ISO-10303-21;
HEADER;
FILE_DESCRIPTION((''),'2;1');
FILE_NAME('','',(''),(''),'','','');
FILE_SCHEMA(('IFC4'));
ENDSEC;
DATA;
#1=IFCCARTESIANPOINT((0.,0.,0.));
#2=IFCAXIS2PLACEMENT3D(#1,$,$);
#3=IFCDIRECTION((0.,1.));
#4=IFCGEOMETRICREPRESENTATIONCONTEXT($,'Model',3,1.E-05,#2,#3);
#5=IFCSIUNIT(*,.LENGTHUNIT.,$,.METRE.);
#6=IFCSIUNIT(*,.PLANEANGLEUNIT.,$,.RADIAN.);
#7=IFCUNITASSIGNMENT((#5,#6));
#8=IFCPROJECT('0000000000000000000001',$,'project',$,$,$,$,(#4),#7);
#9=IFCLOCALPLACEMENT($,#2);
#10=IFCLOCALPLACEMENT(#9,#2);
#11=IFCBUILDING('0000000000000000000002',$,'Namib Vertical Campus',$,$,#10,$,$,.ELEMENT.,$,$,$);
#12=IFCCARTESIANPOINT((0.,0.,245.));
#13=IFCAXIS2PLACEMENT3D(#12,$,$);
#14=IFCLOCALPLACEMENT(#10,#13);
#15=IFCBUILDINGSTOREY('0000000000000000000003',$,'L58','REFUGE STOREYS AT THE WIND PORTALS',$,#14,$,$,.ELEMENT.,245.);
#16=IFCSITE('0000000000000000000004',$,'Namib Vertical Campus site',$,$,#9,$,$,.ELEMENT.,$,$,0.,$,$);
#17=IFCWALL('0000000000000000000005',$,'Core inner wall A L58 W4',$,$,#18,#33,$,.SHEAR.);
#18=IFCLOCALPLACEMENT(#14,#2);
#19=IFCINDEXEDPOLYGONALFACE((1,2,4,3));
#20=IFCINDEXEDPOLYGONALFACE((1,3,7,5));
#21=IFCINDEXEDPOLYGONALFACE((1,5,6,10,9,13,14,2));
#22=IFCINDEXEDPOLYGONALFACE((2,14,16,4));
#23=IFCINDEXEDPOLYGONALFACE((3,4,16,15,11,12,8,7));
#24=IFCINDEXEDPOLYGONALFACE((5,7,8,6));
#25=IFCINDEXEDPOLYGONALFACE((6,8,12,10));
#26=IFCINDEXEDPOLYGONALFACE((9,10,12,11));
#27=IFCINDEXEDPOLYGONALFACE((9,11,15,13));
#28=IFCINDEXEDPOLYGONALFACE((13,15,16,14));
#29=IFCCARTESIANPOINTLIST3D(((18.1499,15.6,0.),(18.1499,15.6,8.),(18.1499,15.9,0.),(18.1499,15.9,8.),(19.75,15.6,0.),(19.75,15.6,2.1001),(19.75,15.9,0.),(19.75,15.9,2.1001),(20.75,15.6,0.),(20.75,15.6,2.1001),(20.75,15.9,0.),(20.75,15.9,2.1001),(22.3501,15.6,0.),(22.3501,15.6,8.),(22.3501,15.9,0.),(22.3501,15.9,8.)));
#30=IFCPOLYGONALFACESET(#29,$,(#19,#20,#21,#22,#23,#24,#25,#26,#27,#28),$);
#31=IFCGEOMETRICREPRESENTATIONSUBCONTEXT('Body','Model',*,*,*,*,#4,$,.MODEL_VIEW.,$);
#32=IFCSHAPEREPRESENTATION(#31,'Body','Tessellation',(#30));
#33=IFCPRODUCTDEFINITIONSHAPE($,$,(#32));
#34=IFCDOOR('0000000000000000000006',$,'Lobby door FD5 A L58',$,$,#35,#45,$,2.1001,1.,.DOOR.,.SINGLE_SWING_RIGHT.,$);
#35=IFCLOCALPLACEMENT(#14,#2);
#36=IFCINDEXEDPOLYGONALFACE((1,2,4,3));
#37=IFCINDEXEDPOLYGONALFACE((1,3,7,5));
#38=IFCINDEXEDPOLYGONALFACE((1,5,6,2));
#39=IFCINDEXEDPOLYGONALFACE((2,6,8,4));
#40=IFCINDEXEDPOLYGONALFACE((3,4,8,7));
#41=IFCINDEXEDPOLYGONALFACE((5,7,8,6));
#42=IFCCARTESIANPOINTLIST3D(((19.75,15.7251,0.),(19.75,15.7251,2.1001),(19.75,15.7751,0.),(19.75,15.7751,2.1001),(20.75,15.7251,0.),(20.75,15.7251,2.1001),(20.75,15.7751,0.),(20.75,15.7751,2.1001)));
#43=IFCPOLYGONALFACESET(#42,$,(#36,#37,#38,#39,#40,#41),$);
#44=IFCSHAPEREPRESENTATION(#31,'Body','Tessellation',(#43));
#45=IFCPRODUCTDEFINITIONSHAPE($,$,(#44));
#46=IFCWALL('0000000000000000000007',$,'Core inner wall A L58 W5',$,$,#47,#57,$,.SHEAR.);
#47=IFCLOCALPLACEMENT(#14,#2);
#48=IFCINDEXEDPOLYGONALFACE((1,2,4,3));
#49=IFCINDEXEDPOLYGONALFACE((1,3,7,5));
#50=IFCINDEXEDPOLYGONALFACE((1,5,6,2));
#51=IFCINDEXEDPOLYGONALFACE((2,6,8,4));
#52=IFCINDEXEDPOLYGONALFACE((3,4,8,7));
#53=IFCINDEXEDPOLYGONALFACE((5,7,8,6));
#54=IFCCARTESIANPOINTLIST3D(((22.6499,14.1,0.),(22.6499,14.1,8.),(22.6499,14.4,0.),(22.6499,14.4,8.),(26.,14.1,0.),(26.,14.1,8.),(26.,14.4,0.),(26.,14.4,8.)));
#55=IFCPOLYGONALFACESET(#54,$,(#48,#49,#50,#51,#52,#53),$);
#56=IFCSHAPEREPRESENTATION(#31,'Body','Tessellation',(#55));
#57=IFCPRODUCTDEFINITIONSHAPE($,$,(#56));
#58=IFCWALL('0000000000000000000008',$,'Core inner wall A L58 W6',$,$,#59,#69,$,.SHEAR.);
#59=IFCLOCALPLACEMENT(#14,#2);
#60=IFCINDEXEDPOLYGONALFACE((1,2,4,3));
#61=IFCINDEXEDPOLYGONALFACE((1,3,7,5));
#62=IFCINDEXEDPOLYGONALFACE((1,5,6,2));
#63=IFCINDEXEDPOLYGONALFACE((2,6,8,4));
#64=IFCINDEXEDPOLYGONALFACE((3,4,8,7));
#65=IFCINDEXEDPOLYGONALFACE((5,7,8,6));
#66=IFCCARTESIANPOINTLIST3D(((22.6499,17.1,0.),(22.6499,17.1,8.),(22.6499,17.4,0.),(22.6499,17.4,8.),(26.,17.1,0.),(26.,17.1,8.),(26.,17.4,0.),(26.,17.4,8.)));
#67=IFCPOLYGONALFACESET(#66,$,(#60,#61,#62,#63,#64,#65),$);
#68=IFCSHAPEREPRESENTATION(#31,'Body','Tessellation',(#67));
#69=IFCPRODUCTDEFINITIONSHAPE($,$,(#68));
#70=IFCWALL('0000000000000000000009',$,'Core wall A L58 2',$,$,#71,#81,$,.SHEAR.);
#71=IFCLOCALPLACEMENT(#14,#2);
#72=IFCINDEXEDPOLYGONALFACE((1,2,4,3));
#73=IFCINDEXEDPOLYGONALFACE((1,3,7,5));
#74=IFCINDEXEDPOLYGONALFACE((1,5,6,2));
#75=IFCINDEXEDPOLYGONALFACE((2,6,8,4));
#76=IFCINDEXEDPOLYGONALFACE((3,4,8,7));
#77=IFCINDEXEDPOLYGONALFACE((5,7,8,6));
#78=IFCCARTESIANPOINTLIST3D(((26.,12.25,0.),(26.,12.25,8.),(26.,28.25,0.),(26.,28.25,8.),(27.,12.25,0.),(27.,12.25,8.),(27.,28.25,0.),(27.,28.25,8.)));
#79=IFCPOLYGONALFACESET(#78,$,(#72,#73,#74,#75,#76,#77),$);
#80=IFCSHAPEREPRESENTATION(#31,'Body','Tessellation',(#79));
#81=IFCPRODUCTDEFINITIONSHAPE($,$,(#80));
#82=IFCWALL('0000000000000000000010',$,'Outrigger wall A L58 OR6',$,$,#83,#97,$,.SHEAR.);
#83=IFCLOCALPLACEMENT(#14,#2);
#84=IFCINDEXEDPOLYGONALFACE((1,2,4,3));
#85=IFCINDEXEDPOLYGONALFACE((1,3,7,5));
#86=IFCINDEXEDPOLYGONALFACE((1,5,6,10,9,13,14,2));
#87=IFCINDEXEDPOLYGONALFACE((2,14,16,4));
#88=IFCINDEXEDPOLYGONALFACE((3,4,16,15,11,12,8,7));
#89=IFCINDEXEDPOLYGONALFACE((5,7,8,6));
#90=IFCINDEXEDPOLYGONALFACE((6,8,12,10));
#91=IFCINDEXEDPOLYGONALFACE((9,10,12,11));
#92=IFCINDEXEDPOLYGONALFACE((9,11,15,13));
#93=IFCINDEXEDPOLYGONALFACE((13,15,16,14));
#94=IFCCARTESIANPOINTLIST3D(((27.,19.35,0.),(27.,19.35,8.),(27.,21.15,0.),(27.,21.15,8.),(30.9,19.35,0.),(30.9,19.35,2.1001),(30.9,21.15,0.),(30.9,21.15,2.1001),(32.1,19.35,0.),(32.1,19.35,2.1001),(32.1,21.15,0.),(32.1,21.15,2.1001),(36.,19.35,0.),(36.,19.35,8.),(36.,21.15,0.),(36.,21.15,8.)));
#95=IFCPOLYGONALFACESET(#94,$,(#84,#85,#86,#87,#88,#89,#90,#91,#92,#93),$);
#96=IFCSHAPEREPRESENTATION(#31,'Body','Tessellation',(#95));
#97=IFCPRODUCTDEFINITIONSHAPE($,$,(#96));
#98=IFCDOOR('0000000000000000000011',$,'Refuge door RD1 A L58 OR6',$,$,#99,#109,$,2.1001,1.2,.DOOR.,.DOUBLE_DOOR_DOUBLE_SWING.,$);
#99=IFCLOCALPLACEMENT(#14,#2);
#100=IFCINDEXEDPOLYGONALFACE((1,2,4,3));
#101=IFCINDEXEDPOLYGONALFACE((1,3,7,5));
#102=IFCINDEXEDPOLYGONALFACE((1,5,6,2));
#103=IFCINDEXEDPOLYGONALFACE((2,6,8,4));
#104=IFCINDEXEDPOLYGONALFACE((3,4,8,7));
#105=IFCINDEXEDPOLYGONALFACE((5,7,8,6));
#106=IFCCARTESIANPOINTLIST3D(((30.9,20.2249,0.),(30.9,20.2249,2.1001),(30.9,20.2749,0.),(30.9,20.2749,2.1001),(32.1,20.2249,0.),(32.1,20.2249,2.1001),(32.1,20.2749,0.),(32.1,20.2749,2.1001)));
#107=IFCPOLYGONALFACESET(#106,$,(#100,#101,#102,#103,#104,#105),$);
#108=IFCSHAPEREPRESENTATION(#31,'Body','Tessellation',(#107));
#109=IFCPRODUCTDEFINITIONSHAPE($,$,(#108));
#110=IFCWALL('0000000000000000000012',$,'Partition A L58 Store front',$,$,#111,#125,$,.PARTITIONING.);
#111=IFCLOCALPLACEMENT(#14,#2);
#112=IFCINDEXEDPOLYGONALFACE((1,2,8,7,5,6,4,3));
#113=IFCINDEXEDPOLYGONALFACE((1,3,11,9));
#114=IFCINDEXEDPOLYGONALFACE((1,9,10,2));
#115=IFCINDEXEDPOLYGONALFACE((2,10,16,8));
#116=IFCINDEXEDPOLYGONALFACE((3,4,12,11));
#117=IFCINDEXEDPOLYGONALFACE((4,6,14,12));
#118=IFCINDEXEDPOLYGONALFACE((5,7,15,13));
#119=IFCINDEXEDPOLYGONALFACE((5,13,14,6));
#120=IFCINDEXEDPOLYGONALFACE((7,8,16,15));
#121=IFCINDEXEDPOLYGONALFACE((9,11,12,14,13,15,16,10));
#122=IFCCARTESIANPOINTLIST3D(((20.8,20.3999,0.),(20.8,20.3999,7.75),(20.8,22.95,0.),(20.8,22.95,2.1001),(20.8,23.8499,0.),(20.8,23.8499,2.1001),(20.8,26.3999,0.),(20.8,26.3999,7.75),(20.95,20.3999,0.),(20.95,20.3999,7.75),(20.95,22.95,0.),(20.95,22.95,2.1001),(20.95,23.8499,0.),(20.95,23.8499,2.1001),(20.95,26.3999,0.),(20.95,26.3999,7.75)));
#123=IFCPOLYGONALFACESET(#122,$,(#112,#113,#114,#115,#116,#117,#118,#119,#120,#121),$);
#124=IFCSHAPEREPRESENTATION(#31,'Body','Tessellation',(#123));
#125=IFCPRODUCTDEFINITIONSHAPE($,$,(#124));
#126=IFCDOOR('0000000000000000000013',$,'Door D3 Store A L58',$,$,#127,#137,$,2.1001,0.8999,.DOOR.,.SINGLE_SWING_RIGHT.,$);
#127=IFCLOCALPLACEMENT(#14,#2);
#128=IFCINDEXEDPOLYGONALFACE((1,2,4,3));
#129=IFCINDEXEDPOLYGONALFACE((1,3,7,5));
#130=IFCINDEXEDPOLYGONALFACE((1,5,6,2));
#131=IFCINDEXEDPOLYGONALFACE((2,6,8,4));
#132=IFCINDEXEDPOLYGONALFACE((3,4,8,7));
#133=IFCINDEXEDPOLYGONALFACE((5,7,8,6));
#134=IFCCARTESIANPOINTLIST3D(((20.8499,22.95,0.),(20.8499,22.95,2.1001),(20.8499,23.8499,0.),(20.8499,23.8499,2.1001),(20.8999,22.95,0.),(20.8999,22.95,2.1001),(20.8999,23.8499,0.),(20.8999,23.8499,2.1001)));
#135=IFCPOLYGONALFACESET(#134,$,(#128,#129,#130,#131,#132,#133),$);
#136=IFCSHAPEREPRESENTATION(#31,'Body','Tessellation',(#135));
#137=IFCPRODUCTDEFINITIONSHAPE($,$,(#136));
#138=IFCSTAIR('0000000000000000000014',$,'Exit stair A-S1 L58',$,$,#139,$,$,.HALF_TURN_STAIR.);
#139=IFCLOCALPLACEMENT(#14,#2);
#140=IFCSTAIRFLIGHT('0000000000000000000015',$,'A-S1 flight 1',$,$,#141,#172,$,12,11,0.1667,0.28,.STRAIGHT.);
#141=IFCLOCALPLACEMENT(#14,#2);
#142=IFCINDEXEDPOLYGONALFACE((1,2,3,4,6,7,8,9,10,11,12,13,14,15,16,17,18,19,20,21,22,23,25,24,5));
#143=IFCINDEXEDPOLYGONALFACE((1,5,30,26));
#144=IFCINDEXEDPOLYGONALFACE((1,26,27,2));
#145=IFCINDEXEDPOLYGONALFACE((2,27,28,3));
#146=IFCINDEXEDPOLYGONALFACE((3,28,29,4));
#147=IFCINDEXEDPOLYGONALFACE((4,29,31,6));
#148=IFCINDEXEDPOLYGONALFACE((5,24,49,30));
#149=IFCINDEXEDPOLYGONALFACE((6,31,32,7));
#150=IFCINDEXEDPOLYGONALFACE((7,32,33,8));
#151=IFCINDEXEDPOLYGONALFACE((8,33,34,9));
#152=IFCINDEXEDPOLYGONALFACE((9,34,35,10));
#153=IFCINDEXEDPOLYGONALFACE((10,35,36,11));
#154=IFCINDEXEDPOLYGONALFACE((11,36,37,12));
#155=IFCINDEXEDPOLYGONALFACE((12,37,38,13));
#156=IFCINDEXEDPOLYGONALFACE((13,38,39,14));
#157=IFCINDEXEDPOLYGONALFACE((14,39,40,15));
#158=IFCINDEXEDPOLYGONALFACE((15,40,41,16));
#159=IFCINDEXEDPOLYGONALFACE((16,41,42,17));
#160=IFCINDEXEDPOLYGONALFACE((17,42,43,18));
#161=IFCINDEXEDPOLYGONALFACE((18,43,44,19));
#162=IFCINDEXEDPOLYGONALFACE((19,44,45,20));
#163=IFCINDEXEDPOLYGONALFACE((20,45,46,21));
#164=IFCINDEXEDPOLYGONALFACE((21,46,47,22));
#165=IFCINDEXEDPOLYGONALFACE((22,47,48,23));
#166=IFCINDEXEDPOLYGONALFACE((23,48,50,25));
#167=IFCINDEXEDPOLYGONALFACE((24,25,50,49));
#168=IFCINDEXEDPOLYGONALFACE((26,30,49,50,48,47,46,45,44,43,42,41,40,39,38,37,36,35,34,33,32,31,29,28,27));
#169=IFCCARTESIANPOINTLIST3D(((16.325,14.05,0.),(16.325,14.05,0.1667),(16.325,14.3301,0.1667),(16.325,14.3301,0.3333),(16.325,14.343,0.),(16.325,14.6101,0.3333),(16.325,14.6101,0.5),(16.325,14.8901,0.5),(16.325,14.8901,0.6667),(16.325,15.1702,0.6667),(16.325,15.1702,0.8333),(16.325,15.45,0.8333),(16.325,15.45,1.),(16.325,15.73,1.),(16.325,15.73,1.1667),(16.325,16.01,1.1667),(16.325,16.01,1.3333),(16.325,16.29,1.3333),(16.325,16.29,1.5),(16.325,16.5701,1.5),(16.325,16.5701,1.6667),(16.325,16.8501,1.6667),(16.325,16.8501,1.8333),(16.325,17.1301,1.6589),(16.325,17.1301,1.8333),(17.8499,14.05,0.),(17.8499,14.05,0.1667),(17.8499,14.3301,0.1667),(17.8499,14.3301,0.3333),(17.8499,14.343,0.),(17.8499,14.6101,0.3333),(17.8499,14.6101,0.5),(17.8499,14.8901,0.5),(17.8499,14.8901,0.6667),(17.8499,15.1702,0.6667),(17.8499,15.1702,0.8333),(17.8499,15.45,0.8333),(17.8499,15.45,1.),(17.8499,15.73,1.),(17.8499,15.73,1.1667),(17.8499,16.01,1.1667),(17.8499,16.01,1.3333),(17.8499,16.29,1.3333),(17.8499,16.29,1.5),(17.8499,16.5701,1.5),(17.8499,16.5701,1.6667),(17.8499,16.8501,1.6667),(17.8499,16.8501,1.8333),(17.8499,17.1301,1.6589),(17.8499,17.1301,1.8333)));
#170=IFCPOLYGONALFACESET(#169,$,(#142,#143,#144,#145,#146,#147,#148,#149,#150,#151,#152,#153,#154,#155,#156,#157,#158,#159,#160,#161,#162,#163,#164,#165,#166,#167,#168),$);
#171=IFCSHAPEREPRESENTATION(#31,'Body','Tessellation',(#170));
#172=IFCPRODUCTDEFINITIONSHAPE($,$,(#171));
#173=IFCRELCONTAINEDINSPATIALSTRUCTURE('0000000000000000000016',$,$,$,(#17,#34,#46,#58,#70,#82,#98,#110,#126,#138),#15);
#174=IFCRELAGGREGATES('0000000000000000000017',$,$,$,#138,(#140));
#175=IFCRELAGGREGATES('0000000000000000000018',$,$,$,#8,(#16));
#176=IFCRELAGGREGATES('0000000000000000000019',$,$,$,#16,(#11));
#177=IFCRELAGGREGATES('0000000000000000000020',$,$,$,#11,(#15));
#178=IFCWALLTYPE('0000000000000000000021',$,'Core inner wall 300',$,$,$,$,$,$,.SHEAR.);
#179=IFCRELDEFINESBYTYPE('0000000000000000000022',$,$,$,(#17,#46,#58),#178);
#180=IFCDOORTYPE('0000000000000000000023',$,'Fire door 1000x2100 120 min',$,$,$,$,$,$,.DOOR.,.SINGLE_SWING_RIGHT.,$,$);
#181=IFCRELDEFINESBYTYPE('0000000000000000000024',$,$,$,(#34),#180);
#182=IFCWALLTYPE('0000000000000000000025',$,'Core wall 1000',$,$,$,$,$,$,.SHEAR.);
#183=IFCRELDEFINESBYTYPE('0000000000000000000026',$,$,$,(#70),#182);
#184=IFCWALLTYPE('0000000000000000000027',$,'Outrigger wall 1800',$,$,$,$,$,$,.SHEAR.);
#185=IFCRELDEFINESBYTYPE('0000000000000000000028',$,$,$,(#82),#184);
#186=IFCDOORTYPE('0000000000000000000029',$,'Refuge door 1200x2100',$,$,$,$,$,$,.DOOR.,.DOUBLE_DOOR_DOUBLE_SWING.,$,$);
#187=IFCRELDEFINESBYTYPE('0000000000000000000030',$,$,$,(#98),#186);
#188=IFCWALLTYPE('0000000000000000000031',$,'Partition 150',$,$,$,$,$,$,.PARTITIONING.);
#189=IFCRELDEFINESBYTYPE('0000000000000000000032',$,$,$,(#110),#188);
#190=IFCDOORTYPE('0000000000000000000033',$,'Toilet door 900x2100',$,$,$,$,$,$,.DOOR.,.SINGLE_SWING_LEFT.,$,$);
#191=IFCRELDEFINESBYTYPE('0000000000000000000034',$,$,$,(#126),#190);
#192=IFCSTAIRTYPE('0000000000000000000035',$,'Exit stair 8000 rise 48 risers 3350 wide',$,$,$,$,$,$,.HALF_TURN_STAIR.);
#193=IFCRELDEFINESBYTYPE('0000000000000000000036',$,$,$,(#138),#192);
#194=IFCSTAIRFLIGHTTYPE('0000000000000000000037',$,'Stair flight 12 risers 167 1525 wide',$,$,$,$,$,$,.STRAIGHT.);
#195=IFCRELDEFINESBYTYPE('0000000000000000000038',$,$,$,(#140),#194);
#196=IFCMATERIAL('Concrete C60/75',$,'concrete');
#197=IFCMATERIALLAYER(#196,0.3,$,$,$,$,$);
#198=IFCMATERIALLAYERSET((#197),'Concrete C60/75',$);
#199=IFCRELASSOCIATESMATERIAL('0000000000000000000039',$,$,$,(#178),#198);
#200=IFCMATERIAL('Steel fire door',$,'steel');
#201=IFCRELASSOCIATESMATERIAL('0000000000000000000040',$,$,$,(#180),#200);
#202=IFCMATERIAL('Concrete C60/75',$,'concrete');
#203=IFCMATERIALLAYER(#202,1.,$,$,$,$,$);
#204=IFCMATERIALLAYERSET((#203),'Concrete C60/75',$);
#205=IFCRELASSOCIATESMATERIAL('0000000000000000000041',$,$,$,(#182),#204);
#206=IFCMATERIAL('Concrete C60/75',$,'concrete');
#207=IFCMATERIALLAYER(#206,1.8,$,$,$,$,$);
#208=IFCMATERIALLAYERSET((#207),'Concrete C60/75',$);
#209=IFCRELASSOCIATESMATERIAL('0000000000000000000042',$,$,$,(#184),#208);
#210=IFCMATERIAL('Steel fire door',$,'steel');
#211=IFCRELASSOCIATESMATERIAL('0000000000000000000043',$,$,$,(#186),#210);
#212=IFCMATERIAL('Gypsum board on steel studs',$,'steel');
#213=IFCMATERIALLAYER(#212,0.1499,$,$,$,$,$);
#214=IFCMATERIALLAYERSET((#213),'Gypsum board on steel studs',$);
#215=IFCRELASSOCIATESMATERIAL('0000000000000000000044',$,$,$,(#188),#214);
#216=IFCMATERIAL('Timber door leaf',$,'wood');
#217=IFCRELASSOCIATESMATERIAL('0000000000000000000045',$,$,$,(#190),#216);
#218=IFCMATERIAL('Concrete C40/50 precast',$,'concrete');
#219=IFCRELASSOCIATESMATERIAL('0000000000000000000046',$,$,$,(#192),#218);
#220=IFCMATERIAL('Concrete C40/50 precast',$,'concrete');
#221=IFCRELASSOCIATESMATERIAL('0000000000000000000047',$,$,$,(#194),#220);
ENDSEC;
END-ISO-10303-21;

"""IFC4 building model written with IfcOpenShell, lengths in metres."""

from ifc_helpers import new_model, si_unit, direction, frame, frame_2d, origin, place, context, subcontext, project, spatial, polyline, rectangle, outline, extrude, material, layer, layer_set, type_object, element, fill, aggregate, save


model = new_model("IFC4")

# Units and contexts
model_context = context("Model", 3, precision=1e-05, world=origin(), true_north=direction((0.0, 1.0)))
body_context = subcontext(model_context, "Body", "Model", "MODEL_VIEW")
ifc_project = project(units=[si_unit("LENGTHUNIT", "METRE"), si_unit("PLANEANGLEUNIT", "RADIAN")], contexts=[model_context])

# Site, building, storey
site_placement = place(None, origin())
site = spatial("IfcSite", under=ifc_project, at=site_placement, Name="Namib Vertical Campus site", CompositionType="ELEMENT", RefElevation=0.0)
building_placement = place(site_placement, origin())
building = spatial("IfcBuilding", under=site, at=building_placement, Name="Namib Vertical Campus", CompositionType="ELEMENT")
storey_placement = place(building_placement, frame((0.0, 0.0, 245.0)))
storey = spatial("IfcBuildingStorey", under=building, at=storey_placement, Name="L58", Description="REFUGE STOREYS AT THE WIND PORTALS", CompositionType="ELEMENT", Elevation=245.0)

# Wall, opening, door
ifc_material_1 = material(Name="Concrete C60/75", Category="concrete")
ifc_layer_1 = layer(ifc_material_1, 0.3)
ifc_layer_set_1 = layer_set([ifc_layer_1], Name="Concrete C60/75")
wall_type_1 = type_object("IfcWallType", Name="Core inner wall 300", PredefinedType="SHEAR", material=ifc_layer_set_1)
wall_1_placement = place(storey_placement, frame((18.1499, 15.75, 0.0), z_axis=(0.0, 0.0, 1.0), x_axis=(1.0, 0.0, 0.0)))
wall_1 = element("IfcWall", 1, at=wall_1_placement, inside=storey, type_object=wall_type_1, Name="Core inner wall A L58 W4", PredefinedType="SHEAR", context=body_context, shape_type="SweptSolid", body=[
    extrude(rectangle(XDim=4.2002, YDim=0.3, at=frame_2d((2.1001, 0.0))), origin(), (0.0, 0.0, 1.0), 8.0),
])
opening_1_placement = place(wall_1_placement, frame((1.6001, 0.0, 0.0)))
opening_1 = element("IfcOpeningElement", 2, at=opening_1_placement, cuts=wall_1, PredefinedType="OPENING", context=body_context, shape_type="SweptSolid", body=[
    extrude(rectangle(XDim=1.0, YDim=2.1001, at=frame_2d((0.5, 1.05))), frame((0.0, 0.1599, 0.0), z_axis=(0.0, -1.0, 0.0), x_axis=(1.0, 0.0, 0.0)), (0.0, 0.0, 1.0), 0.3201),
])
ifc_material_2 = material(Name="Steel fire door", Category="steel")
door_type_1 = type_object("IfcDoorType", Name="Fire door 1000x2100 120 min", OperationType="SINGLE_SWING_RIGHT", PredefinedType="DOOR", material=ifc_material_2)
door_1_placement = place(opening_1_placement, frame((1.0, 0.0, 0.0), z_axis=(0.0, 0.0, 1.0), x_axis=(-1.0, 0.0, 0.0)))
door_1 = element("IfcDoor", 3, at=door_1_placement, inside=storey, type_object=door_type_1, Name="Lobby door FD5 A L58", OperationType="SINGLE_SWING_RIGHT", OverallHeight=2.1001, OverallWidth=1.0, PredefinedType="DOOR", context=body_context, shape_type="SweptSolid", body=[
    extrude(rectangle(XDim=1.0, YDim=2.1001, at=frame_2d((0.5, 1.05))), frame((0.0, 0.0249, 0.0), z_axis=(0.0, -1.0, 0.0), x_axis=(1.0, 0.0, 0.0)), (0.0, 0.0, 1.0), 0.05),
])
fill(opening_1, door_1)

# Walls
for number, where, z_axis, x_axis, name in (
    (4, (22.6499, 14.25, 0.0), (0.0, 0.0, 1.0), (1.0, 0.0, 0.0), "Core inner wall A L58 W5"),
    (5, (22.6499, 17.25, 0.0), (0.0, 0.0, 1.0), (1.0, 0.0, 0.0), "Core inner wall A L58 W6"),
):
    element("IfcWall", number, at=place(storey_placement, frame(where, z_axis=z_axis, x_axis=x_axis)), inside=storey, type_object=wall_type_1, Name=name, PredefinedType="SHEAR", context=body_context, shape_type="SweptSolid", body=[
        extrude(rectangle(XDim=3.3501, YDim=0.3, at=frame_2d((1.675, 0.0))), origin(), (0.0, 0.0, 1.0), 8.0),
    ])
ifc_material_3 = material(Name="Concrete C60/75", Category="concrete")
ifc_layer_2 = layer(ifc_material_3, 1.0)
ifc_layer_set_2 = layer_set([ifc_layer_2], Name="Concrete C60/75")
wall_type_2 = type_object("IfcWallType", Name="Core wall 1000", PredefinedType="SHEAR", material=ifc_layer_set_2)
wall_2_placement = place(storey_placement, frame((26.5, 12.25, 0.0), z_axis=(0.0, 0.0, 1.0), x_axis=(0.0, 1.0, 0.0)))
element("IfcWall", 6, at=wall_2_placement, inside=storey, type_object=wall_type_2, Name="Core wall A L58 2", PredefinedType="SHEAR", context=body_context, shape_type="SweptSolid", body=[
    extrude(rectangle(XDim=16.0, YDim=1.0, at=frame_2d((8.0, 0.0))), origin(), (0.0, 0.0, 1.0), 8.0),
])

# Walls, openings, doors
ifc_material_4 = material(Name="Concrete C60/75", Category="concrete")
ifc_layer_3 = layer(ifc_material_4, 1.8)
ifc_layer_set_3 = layer_set([ifc_layer_3], Name="Concrete C60/75")
wall_type_3 = type_object("IfcWallType", Name="Outrigger wall 1800", PredefinedType="SHEAR", material=ifc_layer_set_3)
wall_3_placement = place(storey_placement, frame((27.0, 20.25, 0.0), z_axis=(0.0, 0.0, 1.0), x_axis=(1.0, 0.0, 0.0)))
wall_3 = element("IfcWall", 7, at=wall_3_placement, inside=storey, type_object=wall_type_3, Name="Outrigger wall A L58 OR6", PredefinedType="SHEAR", context=body_context, shape_type="SweptSolid", body=[
    extrude(rectangle(XDim=9.0, YDim=1.8, at=frame_2d((4.5, 0.0))), origin(), (0.0, 0.0, 1.0), 8.0),
])
opening_2_placement = place(wall_3_placement, frame((3.8999, 0.0, 0.0)))
opening_2 = element("IfcOpeningElement", 8, at=opening_2_placement, cuts=wall_3, PredefinedType="OPENING", context=body_context, shape_type="SweptSolid", body=[
    extrude(rectangle(XDim=1.2, YDim=2.1001, at=frame_2d((0.6001, 1.05))), frame((0.0, 0.9099, 0.0), z_axis=(0.0, -1.0, 0.0), x_axis=(1.0, 0.0, 0.0)), (0.0, 0.0, 1.0), 1.8201),
])
ifc_material_5 = material(Name="Steel fire door", Category="steel")
door_type_2 = type_object("IfcDoorType", Name="Refuge door 1200x2100", OperationType="DOUBLE_DOOR_DOUBLE_SWING", PredefinedType="DOOR", material=ifc_material_5)
door_2_placement = place(opening_2_placement, origin())
door_2 = element("IfcDoor", 9, at=door_2_placement, inside=storey, type_object=door_type_2, Name="Refuge door RD1 A L58 OR6", OperationType="DOUBLE_DOOR_DOUBLE_SWING", OverallHeight=2.1001, OverallWidth=1.2, PredefinedType="DOOR", context=body_context, shape_type="SweptSolid", body=[
    extrude(rectangle(XDim=1.2, YDim=2.1001, at=frame_2d((0.6001, 1.05))), frame((0.0, 0.0249, 0.0), z_axis=(0.0, -1.0, 0.0), x_axis=(1.0, 0.0, 0.0)), (0.0, 0.0, 1.0), 0.05),
])
fill(opening_2, door_2)
ifc_material_6 = material(Name="Gypsum board on steel studs", Category="steel")
ifc_layer_4 = layer(ifc_material_6, 0.1499)
ifc_layer_set_4 = layer_set([ifc_layer_4], Name="Gypsum board on steel studs")
wall_type_4 = type_object("IfcWallType", Name="Partition 150", PredefinedType="PARTITIONING", material=ifc_layer_set_4)
wall_4_placement = place(storey_placement, frame((20.875, 20.3999, 0.0), z_axis=(0.0, 0.0, 1.0), x_axis=(0.0, 1.0, 0.0)))
wall_4 = element("IfcWall", 10, at=wall_4_placement, inside=storey, type_object=wall_type_4, Name="Partition A L58 Store front", PredefinedType="PARTITIONING", context=body_context, shape_type="SweptSolid", body=[
    extrude(rectangle(XDim=6.0, YDim=0.1499, at=frame_2d((3.0, 0.0))), origin(), (0.0, 0.0, 1.0), 7.75),
])
opening_3_placement = place(wall_4_placement, frame((2.55, 0.0, 0.0)))
opening_3 = element("IfcOpeningElement", 11, at=opening_3_placement, cuts=wall_4, PredefinedType="OPENING", context=body_context, shape_type="SweptSolid", body=[
    extrude(rectangle(XDim=0.8999, YDim=2.1001, at=frame_2d((0.45, 1.05))), frame((0.0, 0.085, 0.0), z_axis=(0.0, -1.0, 0.0), x_axis=(1.0, 0.0, 0.0)), (0.0, 0.0, 1.0), 0.1699),
])
ifc_material_7 = material(Name="Timber door leaf", Category="wood")
door_type_3 = type_object("IfcDoorType", Name="Toilet door 900x2100", OperationType="SINGLE_SWING_LEFT", PredefinedType="DOOR", material=ifc_material_7)
door_3_placement = place(opening_3_placement, frame((0.8999, 0.0, 0.0), z_axis=(0.0, 0.0, 1.0), x_axis=(-1.0, 0.0, 0.0)))
door_3 = element("IfcDoor", 12, at=door_3_placement, inside=storey, type_object=door_type_3, Name="Door D3 Store A L58", OperationType="SINGLE_SWING_RIGHT", OverallHeight=2.1001, OverallWidth=0.8999, PredefinedType="DOOR", context=body_context, shape_type="SweptSolid", body=[
    extrude(rectangle(XDim=0.8999, YDim=2.1001, at=frame_2d((0.45, 1.05))), frame((0.0, 0.0249, 0.0), z_axis=(0.0, -1.0, 0.0), x_axis=(1.0, 0.0, 0.0)), (0.0, 0.0, 1.0), 0.05),
])
fill(opening_3, door_3)

# Stair, stair flight
ifc_material_8 = material(Name="Concrete C40/50 precast", Category="concrete")
stair_type = type_object("IfcStairType", Name="Exit stair 8000 rise 48 risers 3350 wide", PredefinedType="HALF_TURN_STAIR", material=ifc_material_8)
stair_placement = place(storey_placement, origin())
stair = element("IfcStair", 13, at=stair_placement, inside=storey, type_object=stair_type, Name="Exit stair A-S1 L58", PredefinedType="HALF_TURN_STAIR")
ifc_material_9 = material(Name="Concrete C40/50 precast", Category="concrete")
stair_flight_type = type_object("IfcStairFlightType", Name="Stair flight 12 risers 167 1525 wide", PredefinedType="STRAIGHT", material=ifc_material_9)
stair_flight_1_placement = place(storey_placement, frame((17.0874, 14.05, 0.0), z_axis=(0.0, 0.0, 1.0), x_axis=(0.0, 1.0, 0.0)))
stair_flight_1 = element("IfcStairFlight", 14, at=stair_flight_1_placement, type_object=stair_flight_type, Name="A-S1 flight 1", NumberOfRisers=12, NumberOfTreads=11, PredefinedType="STRAIGHT", RiserHeight=0.1667, TreadLength=0.28, context=body_context, shape_type="SweptSolid", body=[
    extrude(outline(polyline([(0.0, 0.0), (0.0, 0.1667), (0.28, 0.1667), (0.28, 0.3333), (0.5601, 0.3333), (0.5601, 0.5), (0.8401, 0.5), (0.8401, 0.6667), (1.1201, 0.6667), (1.1201, 0.8333), (1.3999, 0.8333), (1.3999, 1.0), (1.6799, 1.0), (1.6799, 1.1667), (1.96, 1.1667), (1.96, 1.3333), (2.24, 1.3333), (2.24, 1.5), (2.52, 1.5), (2.52, 1.6667), (2.8, 1.6667), (2.8, 1.8333), (3.0801, 1.8333), (3.0801, 2.0), (3.0801, 1.6589), (0.293, 0.0), (0.0, 0.0)])), frame((0.0, 0.7625, 0.0), z_axis=(0.0, -1.0, 0.0), x_axis=(1.0, 0.0, 0.0)), (0.0, 0.0, 1.0), 1.5249),
])
aggregate(stair, [stair_flight_1])

save(model, "model.ifc")
